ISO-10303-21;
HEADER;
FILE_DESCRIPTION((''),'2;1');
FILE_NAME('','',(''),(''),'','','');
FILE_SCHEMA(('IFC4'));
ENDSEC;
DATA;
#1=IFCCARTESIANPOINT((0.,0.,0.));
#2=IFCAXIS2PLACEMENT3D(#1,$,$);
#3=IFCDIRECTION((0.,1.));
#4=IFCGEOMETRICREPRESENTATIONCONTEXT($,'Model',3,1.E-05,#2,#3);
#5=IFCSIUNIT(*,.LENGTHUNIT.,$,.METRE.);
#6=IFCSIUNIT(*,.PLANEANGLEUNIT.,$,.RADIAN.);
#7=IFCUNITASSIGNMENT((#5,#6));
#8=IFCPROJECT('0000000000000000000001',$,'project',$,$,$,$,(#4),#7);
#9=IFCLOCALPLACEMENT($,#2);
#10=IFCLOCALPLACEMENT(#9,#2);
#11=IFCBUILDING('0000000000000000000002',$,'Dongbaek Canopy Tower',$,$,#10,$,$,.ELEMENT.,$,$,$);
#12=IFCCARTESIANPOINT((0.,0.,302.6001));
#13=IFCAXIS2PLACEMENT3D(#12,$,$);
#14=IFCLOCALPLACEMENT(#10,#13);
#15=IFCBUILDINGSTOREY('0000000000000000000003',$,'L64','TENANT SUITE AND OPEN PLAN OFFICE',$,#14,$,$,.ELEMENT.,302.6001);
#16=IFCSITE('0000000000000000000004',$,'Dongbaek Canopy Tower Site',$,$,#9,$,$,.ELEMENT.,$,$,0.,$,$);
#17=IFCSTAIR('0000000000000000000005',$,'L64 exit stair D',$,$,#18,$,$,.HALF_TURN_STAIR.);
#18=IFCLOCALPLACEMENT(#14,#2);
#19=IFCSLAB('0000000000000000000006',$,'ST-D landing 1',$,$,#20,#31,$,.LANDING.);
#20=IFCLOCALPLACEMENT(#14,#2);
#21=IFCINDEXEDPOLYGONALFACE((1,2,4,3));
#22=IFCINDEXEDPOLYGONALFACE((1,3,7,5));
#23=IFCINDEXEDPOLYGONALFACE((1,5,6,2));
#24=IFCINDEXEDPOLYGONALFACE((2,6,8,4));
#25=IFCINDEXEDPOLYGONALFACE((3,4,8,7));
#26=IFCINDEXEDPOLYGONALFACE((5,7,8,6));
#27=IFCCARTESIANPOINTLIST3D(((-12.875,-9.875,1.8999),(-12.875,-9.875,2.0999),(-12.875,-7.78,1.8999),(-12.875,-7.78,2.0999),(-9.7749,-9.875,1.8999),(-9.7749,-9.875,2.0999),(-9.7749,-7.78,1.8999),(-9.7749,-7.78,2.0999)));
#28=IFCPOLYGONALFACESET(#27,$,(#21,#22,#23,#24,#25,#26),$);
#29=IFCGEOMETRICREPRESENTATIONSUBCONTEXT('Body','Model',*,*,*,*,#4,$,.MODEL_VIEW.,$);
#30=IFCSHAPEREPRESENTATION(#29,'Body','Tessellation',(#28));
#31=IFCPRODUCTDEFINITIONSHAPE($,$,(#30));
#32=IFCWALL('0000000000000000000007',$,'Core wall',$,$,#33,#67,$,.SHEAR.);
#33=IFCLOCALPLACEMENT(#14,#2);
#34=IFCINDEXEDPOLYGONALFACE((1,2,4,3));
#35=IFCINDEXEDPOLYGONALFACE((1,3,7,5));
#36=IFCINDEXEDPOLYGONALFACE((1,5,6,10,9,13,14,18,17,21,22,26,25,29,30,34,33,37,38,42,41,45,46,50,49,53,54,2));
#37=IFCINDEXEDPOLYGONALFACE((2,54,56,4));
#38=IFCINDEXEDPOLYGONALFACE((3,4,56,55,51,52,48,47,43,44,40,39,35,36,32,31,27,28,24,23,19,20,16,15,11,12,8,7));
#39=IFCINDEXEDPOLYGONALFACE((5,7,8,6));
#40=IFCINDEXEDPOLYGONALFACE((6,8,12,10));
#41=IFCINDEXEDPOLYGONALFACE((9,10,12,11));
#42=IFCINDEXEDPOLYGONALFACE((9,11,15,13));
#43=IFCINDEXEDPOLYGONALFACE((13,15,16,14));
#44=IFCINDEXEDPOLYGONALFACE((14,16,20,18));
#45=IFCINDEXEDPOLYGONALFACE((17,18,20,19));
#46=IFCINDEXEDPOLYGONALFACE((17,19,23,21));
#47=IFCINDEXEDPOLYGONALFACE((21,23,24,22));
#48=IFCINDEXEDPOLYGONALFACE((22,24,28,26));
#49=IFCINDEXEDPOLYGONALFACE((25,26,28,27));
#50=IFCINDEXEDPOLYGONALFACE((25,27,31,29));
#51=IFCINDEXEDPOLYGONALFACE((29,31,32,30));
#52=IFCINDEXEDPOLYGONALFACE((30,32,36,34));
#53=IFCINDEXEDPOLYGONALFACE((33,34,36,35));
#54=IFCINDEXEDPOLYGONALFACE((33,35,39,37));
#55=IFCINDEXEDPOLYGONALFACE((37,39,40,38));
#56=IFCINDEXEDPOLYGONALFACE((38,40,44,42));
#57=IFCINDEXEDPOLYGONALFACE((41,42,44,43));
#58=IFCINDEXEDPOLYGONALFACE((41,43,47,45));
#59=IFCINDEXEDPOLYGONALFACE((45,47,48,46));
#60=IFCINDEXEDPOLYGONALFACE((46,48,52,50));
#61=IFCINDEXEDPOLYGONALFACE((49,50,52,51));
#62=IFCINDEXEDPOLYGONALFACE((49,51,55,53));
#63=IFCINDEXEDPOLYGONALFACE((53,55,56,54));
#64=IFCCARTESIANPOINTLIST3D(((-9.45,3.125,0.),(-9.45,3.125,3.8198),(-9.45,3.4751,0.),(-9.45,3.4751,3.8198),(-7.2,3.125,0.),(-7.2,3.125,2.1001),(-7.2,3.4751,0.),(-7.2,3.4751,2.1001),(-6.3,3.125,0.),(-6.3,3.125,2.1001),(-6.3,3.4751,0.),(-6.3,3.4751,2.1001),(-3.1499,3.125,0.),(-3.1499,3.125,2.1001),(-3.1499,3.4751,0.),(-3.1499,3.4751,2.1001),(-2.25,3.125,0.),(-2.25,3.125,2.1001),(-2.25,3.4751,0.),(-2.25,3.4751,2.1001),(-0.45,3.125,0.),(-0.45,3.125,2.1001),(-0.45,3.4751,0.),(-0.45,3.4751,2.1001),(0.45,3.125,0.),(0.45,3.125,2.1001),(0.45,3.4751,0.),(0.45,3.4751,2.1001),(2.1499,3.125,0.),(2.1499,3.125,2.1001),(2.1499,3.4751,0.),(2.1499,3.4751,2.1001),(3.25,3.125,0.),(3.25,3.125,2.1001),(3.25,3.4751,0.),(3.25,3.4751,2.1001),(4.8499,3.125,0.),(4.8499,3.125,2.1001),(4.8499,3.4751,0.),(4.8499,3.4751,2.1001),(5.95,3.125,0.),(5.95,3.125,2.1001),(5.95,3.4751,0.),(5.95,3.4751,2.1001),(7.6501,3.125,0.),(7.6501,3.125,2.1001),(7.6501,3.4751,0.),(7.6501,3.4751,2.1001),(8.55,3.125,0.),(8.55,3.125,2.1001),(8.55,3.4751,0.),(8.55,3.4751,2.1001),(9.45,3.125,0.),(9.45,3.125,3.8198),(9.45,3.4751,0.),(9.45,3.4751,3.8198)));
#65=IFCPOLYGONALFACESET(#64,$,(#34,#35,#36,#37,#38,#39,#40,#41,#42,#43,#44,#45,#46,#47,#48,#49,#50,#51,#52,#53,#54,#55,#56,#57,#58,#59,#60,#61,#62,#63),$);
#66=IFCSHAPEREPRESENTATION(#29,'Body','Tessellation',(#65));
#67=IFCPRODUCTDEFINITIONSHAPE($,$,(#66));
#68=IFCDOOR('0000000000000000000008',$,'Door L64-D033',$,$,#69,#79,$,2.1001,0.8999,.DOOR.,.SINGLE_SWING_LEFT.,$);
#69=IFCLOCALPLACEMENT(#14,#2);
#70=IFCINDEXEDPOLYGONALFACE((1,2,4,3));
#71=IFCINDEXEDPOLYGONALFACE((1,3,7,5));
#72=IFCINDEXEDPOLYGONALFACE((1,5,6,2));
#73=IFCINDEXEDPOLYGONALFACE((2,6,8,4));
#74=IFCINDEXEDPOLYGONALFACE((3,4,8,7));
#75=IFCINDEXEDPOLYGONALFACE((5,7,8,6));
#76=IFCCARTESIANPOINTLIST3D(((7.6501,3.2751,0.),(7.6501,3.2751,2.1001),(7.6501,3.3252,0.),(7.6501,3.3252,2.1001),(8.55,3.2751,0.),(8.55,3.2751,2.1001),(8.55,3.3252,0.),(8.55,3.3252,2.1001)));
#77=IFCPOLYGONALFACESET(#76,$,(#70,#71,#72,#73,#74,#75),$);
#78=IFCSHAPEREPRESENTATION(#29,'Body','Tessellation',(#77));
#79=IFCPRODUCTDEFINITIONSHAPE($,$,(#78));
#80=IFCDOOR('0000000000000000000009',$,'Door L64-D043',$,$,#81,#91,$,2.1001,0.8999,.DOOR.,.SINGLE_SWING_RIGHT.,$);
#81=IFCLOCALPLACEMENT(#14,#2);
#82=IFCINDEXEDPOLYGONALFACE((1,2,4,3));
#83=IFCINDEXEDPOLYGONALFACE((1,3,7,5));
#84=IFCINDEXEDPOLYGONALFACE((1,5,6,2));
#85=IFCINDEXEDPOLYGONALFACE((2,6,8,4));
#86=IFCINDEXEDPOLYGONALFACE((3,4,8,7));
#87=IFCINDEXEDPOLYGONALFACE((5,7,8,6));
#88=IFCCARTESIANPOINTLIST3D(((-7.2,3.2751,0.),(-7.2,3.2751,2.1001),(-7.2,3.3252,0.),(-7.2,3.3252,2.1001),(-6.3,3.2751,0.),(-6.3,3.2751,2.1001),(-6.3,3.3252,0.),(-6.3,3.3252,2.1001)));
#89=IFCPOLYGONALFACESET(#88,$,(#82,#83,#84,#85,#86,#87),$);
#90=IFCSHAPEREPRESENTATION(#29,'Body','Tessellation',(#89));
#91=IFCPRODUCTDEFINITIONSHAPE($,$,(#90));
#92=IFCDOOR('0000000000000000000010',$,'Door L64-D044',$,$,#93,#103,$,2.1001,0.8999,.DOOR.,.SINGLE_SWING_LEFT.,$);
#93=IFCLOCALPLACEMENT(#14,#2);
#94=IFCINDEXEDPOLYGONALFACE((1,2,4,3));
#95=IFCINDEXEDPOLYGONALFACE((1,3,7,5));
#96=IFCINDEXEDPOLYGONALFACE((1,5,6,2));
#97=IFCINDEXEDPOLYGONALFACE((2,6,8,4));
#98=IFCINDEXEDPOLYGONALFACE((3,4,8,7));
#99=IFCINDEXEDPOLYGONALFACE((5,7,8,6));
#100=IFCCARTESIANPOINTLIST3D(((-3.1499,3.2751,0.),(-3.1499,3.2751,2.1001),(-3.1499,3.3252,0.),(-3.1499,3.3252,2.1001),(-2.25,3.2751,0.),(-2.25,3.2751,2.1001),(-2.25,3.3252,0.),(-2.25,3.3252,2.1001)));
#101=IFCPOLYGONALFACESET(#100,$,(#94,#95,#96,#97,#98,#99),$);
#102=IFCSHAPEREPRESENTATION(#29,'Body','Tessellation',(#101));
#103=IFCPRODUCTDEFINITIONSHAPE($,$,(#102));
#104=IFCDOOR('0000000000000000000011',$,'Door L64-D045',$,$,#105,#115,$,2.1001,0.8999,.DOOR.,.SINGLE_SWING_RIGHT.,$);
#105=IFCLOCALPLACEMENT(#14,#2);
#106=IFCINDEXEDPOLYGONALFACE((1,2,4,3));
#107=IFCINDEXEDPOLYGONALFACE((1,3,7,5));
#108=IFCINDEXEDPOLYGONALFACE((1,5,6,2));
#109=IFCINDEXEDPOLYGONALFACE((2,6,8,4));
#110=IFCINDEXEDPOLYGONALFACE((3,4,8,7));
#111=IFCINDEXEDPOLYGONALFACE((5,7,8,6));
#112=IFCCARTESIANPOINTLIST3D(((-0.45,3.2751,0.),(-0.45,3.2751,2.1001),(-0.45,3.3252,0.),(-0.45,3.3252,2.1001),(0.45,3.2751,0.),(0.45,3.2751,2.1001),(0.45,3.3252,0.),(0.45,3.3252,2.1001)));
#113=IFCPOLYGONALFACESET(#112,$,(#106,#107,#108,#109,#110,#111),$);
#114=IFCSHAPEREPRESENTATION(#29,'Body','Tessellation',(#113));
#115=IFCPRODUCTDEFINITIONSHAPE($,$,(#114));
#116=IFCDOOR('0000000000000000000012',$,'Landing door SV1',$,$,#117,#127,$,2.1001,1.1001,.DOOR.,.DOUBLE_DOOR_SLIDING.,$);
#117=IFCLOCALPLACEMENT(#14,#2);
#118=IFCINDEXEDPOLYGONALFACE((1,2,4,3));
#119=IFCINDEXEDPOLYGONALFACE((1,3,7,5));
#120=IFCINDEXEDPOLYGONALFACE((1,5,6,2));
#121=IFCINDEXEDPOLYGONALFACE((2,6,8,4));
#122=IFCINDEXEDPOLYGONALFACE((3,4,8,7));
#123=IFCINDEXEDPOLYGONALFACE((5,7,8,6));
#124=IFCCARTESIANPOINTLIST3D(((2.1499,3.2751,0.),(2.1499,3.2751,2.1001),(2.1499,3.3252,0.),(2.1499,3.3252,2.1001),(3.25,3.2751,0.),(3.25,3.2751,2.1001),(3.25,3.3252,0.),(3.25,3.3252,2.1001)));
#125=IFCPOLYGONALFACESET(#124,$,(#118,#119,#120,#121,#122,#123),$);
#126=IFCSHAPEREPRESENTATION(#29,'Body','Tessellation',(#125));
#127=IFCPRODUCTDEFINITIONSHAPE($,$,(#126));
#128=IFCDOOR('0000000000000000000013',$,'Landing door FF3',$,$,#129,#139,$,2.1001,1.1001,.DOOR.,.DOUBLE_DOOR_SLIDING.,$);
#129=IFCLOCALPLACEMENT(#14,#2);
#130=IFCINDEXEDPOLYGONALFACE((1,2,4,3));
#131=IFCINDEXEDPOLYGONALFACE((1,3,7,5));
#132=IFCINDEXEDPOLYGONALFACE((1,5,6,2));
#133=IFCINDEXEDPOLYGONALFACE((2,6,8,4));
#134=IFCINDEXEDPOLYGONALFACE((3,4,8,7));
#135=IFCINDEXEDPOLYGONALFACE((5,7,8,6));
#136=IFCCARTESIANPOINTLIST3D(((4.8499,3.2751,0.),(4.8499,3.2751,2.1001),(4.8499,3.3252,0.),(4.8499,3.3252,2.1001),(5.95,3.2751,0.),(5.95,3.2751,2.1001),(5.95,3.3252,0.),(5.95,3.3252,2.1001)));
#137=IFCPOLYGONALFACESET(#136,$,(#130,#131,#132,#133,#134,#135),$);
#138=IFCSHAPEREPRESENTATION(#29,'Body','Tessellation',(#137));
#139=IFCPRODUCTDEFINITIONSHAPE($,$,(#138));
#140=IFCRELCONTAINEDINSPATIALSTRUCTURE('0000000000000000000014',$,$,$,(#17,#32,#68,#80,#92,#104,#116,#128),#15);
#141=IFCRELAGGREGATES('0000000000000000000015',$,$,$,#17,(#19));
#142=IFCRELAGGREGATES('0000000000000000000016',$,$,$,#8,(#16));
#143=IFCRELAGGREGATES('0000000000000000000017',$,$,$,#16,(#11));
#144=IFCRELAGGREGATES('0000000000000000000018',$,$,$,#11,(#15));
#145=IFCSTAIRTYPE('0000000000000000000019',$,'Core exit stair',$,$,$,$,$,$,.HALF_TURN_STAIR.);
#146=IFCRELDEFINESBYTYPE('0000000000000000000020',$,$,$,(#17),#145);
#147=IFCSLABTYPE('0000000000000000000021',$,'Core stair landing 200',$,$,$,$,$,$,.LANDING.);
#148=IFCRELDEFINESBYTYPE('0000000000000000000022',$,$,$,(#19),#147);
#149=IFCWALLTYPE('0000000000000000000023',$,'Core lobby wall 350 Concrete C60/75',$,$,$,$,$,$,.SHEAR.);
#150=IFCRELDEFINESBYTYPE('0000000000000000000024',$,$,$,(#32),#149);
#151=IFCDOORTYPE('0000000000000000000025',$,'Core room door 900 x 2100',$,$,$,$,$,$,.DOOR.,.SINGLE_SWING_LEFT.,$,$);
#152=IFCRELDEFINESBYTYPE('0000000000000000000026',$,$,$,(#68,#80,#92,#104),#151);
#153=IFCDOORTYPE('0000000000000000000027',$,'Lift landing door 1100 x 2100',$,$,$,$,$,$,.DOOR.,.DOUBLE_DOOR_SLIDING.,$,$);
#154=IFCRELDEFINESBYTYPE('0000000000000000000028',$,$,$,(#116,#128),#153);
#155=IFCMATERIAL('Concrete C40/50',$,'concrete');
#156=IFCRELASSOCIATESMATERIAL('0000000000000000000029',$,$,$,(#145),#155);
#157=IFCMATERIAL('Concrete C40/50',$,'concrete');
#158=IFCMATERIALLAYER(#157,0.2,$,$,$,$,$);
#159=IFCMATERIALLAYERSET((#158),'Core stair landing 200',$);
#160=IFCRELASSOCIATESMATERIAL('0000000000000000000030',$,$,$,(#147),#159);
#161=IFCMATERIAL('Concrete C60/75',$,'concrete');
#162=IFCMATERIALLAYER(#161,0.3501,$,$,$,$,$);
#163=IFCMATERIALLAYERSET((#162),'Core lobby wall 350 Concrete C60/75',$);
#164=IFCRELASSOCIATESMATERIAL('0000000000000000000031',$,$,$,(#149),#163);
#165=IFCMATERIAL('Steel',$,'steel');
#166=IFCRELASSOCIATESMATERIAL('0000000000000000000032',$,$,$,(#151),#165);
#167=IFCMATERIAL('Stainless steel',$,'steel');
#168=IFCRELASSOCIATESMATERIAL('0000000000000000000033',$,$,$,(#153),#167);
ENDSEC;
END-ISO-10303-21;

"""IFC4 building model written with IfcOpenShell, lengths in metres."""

from ifc_helpers import new_model, si_unit, direction, frame, frame_2d, origin, place, context, subcontext, project, spatial, polyline, rectangle, outline, extrude, material, layer, layer_set, type_object, element, fill, aggregate, save


model = new_model("IFC4")

# Units and contexts
model_context = context("Model", 3, precision=1e-05, world=origin(), true_north=direction((0.0, 1.0)))
body_context = subcontext(model_context, "Body", "Model", "MODEL_VIEW")
ifc_project = project(units=[si_unit("LENGTHUNIT", "METRE"), si_unit("PLANEANGLEUNIT", "RADIAN")], contexts=[model_context])

# Site, building, storey
site_placement = place(None, origin())
site = spatial("IfcSite", under=ifc_project, at=site_placement, Name="Dongbaek Canopy Tower Site", CompositionType="ELEMENT", RefElevation=0.0)
building_placement = place(site_placement, origin())
building = spatial("IfcBuilding", under=site, at=building_placement, Name="Dongbaek Canopy Tower", CompositionType="ELEMENT")
storey_placement = place(building_placement, frame((0.0, 0.0, 302.6001)))
storey = spatial("IfcBuildingStorey", under=building, at=storey_placement, Name="L64", Description="TENANT SUITE AND OPEN PLAN OFFICE", CompositionType="ELEMENT", Elevation=302.6001)

# Stair, slab
ifc_material_1 = material(Name="Concrete C40/50", Category="concrete")
stair_type = type_object("IfcStairType", Name="Core exit stair", PredefinedType="HALF_TURN_STAIR", material=ifc_material_1)
stair_placement = place(storey_placement, origin())
stair = element("IfcStair", 1, at=stair_placement, inside=storey, type_object=stair_type, Name="L64 exit stair D", PredefinedType="HALF_TURN_STAIR")
ifc_material_2 = material(Name="Concrete C40/50", Category="concrete")
ifc_layer_1 = layer(ifc_material_2, 0.2)
ifc_layer_set_1 = layer_set([ifc_layer_1], Name="Core stair landing 200")
slab_type = type_object("IfcSlabType", Name="Core stair landing 200", PredefinedType="LANDING", material=ifc_layer_set_1)
slab_placement = place(storey_placement, frame((0.0, 0.0, 1.8999)))
slab = element("IfcSlab", 2, at=slab_placement, type_object=slab_type, Name="ST-D landing 1", PredefinedType="LANDING", context=body_context, shape_type="SweptSolid", body=[
    extrude(outline(polyline([(-12.875, -7.78), (-12.875, -9.875), (-9.7749, -9.875), (-9.7749, -7.78), (-12.875, -7.78)])), origin(), (0.0, 0.0, 1.0), 0.2),
])
aggregate(stair, [slab])

# Wall, openings, doors
ifc_material_3 = material(Name="Concrete C60/75", Category="concrete")
ifc_layer_2 = layer(ifc_material_3, 0.3501)
ifc_layer_set_2 = layer_set([ifc_layer_2], Name="Core lobby wall 350 Concrete C60/75")
wall_type_1 = type_object("IfcWallType", Name="Core lobby wall 350 Concrete C60/75", PredefinedType="SHEAR", material=ifc_layer_set_2)
wall_1_placement = place(storey_placement, frame((9.45, 3.3, 0.0), z_axis=(0.0, 0.0, 1.0), x_axis=(-1.0, 0.0, 0.0)))
wall_1 = element("IfcWall", 3, at=wall_1_placement, inside=storey, type_object=wall_type_1, Name="Core wall", PredefinedType="SHEAR", context=body_context, shape_type="SweptSolid", body=[
    extrude(rectangle(XDim=18.8999, YDim=0.3501, at=frame_2d((9.45, 0.0))), origin(), (0.0, 0.0, 1.0), 3.8198),
])
opening_1_placement = place(wall_1_placement, frame((6.2, 0.0, 0.0)))
opening_1 = element("IfcOpeningElement", 4, at=opening_1_placement, cuts=wall_1, PredefinedType="OPENING", context=body_context, shape_type="SweptSolid", body=[
    extrude(rectangle(XDim=1.1001, YDim=2.1001, at=frame_2d((0.55, 1.05))), frame((0.0, 0.1851, 0.0), z_axis=(0.0, -1.0, 0.0), x_axis=(1.0, 0.0, 0.0)), (0.0, 0.0, 1.0), 0.3701),
])
opening_2_placement = place(wall_1_placement, frame((3.5, 0.0, 0.0)))
opening_2 = element("IfcOpeningElement", 5, at=opening_2_placement, cuts=wall_1, PredefinedType="OPENING", context=body_context, shape_type="SweptSolid", body=[
    extrude(rectangle(XDim=1.1001, YDim=2.1001, at=frame_2d((0.55, 1.05))), frame((0.0, 0.1851, 0.0), z_axis=(0.0, -1.0, 0.0), x_axis=(1.0, 0.0, 0.0)), (0.0, 0.0, 1.0), 0.3701),
])
opening_3_placement = place(wall_1_placement, frame((0.8999, 0.0, 0.0)))
opening_3 = element("IfcOpeningElement", 6, at=opening_3_placement, cuts=wall_1, PredefinedType="OPENING", context=body_context, shape_type="SweptSolid", body=[
    extrude(rectangle(XDim=0.8999, YDim=2.1001, at=frame_2d((0.45, 1.05))), frame((0.0, 0.1851, 0.0), z_axis=(0.0, -1.0, 0.0), x_axis=(1.0, 0.0, 0.0)), (0.0, 0.0, 1.0), 0.3701),
])
opening_4_placement = place(wall_1_placement, frame((15.75, 0.0, 0.0)))
opening_4 = element("IfcOpeningElement", 7, at=opening_4_placement, cuts=wall_1, PredefinedType="OPENING", context=body_context, shape_type="SweptSolid", body=[
    extrude(rectangle(XDim=0.8999, YDim=2.1001, at=frame_2d((0.45, 1.05))), frame((0.0, 0.1851, 0.0), z_axis=(0.0, -1.0, 0.0), x_axis=(1.0, 0.0, 0.0)), (0.0, 0.0, 1.0), 0.3701),
])
opening_5_placement = place(wall_1_placement, frame((11.7, 0.0, 0.0)))
opening_5 = element("IfcOpeningElement", 8, at=opening_5_placement, cuts=wall_1, PredefinedType="OPENING", context=body_context, shape_type="SweptSolid", body=[
    extrude(rectangle(XDim=0.8999, YDim=2.1001, at=frame_2d((0.45, 1.05))), frame((0.0, 0.1851, 0.0), z_axis=(0.0, -1.0, 0.0), x_axis=(1.0, 0.0, 0.0)), (0.0, 0.0, 1.0), 0.3701),
])
opening_6_placement = place(wall_1_placement, frame((9.0, 0.0, 0.0)))
opening_6 = element("IfcOpeningElement", 9, at=opening_6_placement, cuts=wall_1, PredefinedType="OPENING", context=body_context, shape_type="SweptSolid", body=[
    extrude(rectangle(XDim=0.8999, YDim=2.1001, at=frame_2d((0.45, 1.05))), frame((0.0, 0.1851, 0.0), z_axis=(0.0, -1.0, 0.0), x_axis=(1.0, 0.0, 0.0)), (0.0, 0.0, 1.0), 0.3701),
])
ifc_material_4 = material(Name="Steel", Category="steel")
door_type_1 = type_object("IfcDoorType", Name="Core room door 900 x 2100", OperationType="SINGLE_SWING_LEFT", PredefinedType="DOOR", material=ifc_material_4)
door_1_placement = place(opening_3_placement, origin())
door_1 = element("IfcDoor", 10, at=door_1_placement, inside=storey, type_object=door_type_1, Name="Door L64-D033", OperationType="SINGLE_SWING_LEFT", OverallHeight=2.1001, OverallWidth=0.8999, PredefinedType="DOOR", context=body_context, shape_type="SweptSolid", body=[
    extrude(rectangle(XDim=0.8999, YDim=2.1001, at=frame_2d((0.45, 1.05))), frame((0.0, 0.0249, 0.0), z_axis=(0.0, -1.0, 0.0), x_axis=(1.0, 0.0, 0.0)), (0.0, 0.0, 1.0), 0.05),
])
fill(opening_3, door_1)
door_2_placement = place(opening_4_placement, origin())
door_2 = element("IfcDoor", 11, at=door_2_placement, inside=storey, type_object=door_type_1, Name="Door L64-D043", OperationType="SINGLE_SWING_RIGHT", OverallHeight=2.1001, OverallWidth=0.8999, PredefinedType="DOOR", context=body_context, shape_type="SweptSolid", body=[
    extrude(rectangle(XDim=0.8999, YDim=2.1001, at=frame_2d((0.45, 1.05))), frame((0.0, 0.0249, 0.0), z_axis=(0.0, -1.0, 0.0), x_axis=(1.0, 0.0, 0.0)), (0.0, 0.0, 1.0), 0.05),
])
fill(opening_4, door_2)
door_3_placement = place(opening_5_placement, origin())
door_3 = element("IfcDoor", 12, at=door_3_placement, inside=storey, type_object=door_type_1, Name="Door L64-D044", OperationType="SINGLE_SWING_LEFT", OverallHeight=2.1001, OverallWidth=0.8999, PredefinedType="DOOR", context=body_context, shape_type="SweptSolid", body=[
    extrude(rectangle(XDim=0.8999, YDim=2.1001, at=frame_2d((0.45, 1.05))), frame((0.0, 0.0249, 0.0), z_axis=(0.0, -1.0, 0.0), x_axis=(1.0, 0.0, 0.0)), (0.0, 0.0, 1.0), 0.05),
])
fill(opening_5, door_3)
door_4_placement = place(opening_6_placement, origin())
door_4 = element("IfcDoor", 13, at=door_4_placement, inside=storey, type_object=door_type_1, Name="Door L64-D045", OperationType="SINGLE_SWING_RIGHT", OverallHeight=2.1001, OverallWidth=0.8999, PredefinedType="DOOR", context=body_context, shape_type="SweptSolid", body=[
    extrude(rectangle(XDim=0.8999, YDim=2.1001, at=frame_2d((0.45, 1.05))), frame((0.0, 0.0249, 0.0), z_axis=(0.0, -1.0, 0.0), x_axis=(1.0, 0.0, 0.0)), (0.0, 0.0, 1.0), 0.05),
])
fill(opening_6, door_4)
ifc_material_5 = material(Name="Stainless steel", Category="steel")
door_type_2 = type_object("IfcDoorType", Name="Lift landing door 1100 x 2100", OperationType="DOUBLE_DOOR_SLIDING", PredefinedType="DOOR", material=ifc_material_5)
door_5_placement = place(opening_1_placement, origin())
door_5 = element("IfcDoor", 14, at=door_5_placement, inside=storey, type_object=door_type_2, Name="Landing door SV1", OperationType="DOUBLE_DOOR_SLIDING", OverallHeight=2.1001, OverallWidth=1.1001, PredefinedType="DOOR", context=body_context, shape_type="SweptSolid", body=[
    extrude(rectangle(XDim=1.1001, YDim=2.1001, at=frame_2d((0.55, 1.05))), frame((0.0, 0.0249, 0.0), z_axis=(0.0, -1.0, 0.0), x_axis=(1.0, 0.0, 0.0)), (0.0, 0.0, 1.0), 0.05),
])
fill(opening_1, door_5)
door_6_placement = place(opening_2_placement, origin())
door_6 = element("IfcDoor", 15, at=door_6_placement, inside=storey, type_object=door_type_2, Name="Landing door FF3", OperationType="DOUBLE_DOOR_SLIDING", OverallHeight=2.1001, OverallWidth=1.1001, PredefinedType="DOOR", context=body_context, shape_type="SweptSolid", body=[
    extrude(rectangle(XDim=1.1001, YDim=2.1001, at=frame_2d((0.55, 1.05))), frame((0.0, 0.0249, 0.0), z_axis=(0.0, -1.0, 0.0), x_axis=(1.0, 0.0, 0.0)), (0.0, 0.0, 1.0), 0.05),
])
fill(opening_2, door_6)

save(model, "model.ifc")
